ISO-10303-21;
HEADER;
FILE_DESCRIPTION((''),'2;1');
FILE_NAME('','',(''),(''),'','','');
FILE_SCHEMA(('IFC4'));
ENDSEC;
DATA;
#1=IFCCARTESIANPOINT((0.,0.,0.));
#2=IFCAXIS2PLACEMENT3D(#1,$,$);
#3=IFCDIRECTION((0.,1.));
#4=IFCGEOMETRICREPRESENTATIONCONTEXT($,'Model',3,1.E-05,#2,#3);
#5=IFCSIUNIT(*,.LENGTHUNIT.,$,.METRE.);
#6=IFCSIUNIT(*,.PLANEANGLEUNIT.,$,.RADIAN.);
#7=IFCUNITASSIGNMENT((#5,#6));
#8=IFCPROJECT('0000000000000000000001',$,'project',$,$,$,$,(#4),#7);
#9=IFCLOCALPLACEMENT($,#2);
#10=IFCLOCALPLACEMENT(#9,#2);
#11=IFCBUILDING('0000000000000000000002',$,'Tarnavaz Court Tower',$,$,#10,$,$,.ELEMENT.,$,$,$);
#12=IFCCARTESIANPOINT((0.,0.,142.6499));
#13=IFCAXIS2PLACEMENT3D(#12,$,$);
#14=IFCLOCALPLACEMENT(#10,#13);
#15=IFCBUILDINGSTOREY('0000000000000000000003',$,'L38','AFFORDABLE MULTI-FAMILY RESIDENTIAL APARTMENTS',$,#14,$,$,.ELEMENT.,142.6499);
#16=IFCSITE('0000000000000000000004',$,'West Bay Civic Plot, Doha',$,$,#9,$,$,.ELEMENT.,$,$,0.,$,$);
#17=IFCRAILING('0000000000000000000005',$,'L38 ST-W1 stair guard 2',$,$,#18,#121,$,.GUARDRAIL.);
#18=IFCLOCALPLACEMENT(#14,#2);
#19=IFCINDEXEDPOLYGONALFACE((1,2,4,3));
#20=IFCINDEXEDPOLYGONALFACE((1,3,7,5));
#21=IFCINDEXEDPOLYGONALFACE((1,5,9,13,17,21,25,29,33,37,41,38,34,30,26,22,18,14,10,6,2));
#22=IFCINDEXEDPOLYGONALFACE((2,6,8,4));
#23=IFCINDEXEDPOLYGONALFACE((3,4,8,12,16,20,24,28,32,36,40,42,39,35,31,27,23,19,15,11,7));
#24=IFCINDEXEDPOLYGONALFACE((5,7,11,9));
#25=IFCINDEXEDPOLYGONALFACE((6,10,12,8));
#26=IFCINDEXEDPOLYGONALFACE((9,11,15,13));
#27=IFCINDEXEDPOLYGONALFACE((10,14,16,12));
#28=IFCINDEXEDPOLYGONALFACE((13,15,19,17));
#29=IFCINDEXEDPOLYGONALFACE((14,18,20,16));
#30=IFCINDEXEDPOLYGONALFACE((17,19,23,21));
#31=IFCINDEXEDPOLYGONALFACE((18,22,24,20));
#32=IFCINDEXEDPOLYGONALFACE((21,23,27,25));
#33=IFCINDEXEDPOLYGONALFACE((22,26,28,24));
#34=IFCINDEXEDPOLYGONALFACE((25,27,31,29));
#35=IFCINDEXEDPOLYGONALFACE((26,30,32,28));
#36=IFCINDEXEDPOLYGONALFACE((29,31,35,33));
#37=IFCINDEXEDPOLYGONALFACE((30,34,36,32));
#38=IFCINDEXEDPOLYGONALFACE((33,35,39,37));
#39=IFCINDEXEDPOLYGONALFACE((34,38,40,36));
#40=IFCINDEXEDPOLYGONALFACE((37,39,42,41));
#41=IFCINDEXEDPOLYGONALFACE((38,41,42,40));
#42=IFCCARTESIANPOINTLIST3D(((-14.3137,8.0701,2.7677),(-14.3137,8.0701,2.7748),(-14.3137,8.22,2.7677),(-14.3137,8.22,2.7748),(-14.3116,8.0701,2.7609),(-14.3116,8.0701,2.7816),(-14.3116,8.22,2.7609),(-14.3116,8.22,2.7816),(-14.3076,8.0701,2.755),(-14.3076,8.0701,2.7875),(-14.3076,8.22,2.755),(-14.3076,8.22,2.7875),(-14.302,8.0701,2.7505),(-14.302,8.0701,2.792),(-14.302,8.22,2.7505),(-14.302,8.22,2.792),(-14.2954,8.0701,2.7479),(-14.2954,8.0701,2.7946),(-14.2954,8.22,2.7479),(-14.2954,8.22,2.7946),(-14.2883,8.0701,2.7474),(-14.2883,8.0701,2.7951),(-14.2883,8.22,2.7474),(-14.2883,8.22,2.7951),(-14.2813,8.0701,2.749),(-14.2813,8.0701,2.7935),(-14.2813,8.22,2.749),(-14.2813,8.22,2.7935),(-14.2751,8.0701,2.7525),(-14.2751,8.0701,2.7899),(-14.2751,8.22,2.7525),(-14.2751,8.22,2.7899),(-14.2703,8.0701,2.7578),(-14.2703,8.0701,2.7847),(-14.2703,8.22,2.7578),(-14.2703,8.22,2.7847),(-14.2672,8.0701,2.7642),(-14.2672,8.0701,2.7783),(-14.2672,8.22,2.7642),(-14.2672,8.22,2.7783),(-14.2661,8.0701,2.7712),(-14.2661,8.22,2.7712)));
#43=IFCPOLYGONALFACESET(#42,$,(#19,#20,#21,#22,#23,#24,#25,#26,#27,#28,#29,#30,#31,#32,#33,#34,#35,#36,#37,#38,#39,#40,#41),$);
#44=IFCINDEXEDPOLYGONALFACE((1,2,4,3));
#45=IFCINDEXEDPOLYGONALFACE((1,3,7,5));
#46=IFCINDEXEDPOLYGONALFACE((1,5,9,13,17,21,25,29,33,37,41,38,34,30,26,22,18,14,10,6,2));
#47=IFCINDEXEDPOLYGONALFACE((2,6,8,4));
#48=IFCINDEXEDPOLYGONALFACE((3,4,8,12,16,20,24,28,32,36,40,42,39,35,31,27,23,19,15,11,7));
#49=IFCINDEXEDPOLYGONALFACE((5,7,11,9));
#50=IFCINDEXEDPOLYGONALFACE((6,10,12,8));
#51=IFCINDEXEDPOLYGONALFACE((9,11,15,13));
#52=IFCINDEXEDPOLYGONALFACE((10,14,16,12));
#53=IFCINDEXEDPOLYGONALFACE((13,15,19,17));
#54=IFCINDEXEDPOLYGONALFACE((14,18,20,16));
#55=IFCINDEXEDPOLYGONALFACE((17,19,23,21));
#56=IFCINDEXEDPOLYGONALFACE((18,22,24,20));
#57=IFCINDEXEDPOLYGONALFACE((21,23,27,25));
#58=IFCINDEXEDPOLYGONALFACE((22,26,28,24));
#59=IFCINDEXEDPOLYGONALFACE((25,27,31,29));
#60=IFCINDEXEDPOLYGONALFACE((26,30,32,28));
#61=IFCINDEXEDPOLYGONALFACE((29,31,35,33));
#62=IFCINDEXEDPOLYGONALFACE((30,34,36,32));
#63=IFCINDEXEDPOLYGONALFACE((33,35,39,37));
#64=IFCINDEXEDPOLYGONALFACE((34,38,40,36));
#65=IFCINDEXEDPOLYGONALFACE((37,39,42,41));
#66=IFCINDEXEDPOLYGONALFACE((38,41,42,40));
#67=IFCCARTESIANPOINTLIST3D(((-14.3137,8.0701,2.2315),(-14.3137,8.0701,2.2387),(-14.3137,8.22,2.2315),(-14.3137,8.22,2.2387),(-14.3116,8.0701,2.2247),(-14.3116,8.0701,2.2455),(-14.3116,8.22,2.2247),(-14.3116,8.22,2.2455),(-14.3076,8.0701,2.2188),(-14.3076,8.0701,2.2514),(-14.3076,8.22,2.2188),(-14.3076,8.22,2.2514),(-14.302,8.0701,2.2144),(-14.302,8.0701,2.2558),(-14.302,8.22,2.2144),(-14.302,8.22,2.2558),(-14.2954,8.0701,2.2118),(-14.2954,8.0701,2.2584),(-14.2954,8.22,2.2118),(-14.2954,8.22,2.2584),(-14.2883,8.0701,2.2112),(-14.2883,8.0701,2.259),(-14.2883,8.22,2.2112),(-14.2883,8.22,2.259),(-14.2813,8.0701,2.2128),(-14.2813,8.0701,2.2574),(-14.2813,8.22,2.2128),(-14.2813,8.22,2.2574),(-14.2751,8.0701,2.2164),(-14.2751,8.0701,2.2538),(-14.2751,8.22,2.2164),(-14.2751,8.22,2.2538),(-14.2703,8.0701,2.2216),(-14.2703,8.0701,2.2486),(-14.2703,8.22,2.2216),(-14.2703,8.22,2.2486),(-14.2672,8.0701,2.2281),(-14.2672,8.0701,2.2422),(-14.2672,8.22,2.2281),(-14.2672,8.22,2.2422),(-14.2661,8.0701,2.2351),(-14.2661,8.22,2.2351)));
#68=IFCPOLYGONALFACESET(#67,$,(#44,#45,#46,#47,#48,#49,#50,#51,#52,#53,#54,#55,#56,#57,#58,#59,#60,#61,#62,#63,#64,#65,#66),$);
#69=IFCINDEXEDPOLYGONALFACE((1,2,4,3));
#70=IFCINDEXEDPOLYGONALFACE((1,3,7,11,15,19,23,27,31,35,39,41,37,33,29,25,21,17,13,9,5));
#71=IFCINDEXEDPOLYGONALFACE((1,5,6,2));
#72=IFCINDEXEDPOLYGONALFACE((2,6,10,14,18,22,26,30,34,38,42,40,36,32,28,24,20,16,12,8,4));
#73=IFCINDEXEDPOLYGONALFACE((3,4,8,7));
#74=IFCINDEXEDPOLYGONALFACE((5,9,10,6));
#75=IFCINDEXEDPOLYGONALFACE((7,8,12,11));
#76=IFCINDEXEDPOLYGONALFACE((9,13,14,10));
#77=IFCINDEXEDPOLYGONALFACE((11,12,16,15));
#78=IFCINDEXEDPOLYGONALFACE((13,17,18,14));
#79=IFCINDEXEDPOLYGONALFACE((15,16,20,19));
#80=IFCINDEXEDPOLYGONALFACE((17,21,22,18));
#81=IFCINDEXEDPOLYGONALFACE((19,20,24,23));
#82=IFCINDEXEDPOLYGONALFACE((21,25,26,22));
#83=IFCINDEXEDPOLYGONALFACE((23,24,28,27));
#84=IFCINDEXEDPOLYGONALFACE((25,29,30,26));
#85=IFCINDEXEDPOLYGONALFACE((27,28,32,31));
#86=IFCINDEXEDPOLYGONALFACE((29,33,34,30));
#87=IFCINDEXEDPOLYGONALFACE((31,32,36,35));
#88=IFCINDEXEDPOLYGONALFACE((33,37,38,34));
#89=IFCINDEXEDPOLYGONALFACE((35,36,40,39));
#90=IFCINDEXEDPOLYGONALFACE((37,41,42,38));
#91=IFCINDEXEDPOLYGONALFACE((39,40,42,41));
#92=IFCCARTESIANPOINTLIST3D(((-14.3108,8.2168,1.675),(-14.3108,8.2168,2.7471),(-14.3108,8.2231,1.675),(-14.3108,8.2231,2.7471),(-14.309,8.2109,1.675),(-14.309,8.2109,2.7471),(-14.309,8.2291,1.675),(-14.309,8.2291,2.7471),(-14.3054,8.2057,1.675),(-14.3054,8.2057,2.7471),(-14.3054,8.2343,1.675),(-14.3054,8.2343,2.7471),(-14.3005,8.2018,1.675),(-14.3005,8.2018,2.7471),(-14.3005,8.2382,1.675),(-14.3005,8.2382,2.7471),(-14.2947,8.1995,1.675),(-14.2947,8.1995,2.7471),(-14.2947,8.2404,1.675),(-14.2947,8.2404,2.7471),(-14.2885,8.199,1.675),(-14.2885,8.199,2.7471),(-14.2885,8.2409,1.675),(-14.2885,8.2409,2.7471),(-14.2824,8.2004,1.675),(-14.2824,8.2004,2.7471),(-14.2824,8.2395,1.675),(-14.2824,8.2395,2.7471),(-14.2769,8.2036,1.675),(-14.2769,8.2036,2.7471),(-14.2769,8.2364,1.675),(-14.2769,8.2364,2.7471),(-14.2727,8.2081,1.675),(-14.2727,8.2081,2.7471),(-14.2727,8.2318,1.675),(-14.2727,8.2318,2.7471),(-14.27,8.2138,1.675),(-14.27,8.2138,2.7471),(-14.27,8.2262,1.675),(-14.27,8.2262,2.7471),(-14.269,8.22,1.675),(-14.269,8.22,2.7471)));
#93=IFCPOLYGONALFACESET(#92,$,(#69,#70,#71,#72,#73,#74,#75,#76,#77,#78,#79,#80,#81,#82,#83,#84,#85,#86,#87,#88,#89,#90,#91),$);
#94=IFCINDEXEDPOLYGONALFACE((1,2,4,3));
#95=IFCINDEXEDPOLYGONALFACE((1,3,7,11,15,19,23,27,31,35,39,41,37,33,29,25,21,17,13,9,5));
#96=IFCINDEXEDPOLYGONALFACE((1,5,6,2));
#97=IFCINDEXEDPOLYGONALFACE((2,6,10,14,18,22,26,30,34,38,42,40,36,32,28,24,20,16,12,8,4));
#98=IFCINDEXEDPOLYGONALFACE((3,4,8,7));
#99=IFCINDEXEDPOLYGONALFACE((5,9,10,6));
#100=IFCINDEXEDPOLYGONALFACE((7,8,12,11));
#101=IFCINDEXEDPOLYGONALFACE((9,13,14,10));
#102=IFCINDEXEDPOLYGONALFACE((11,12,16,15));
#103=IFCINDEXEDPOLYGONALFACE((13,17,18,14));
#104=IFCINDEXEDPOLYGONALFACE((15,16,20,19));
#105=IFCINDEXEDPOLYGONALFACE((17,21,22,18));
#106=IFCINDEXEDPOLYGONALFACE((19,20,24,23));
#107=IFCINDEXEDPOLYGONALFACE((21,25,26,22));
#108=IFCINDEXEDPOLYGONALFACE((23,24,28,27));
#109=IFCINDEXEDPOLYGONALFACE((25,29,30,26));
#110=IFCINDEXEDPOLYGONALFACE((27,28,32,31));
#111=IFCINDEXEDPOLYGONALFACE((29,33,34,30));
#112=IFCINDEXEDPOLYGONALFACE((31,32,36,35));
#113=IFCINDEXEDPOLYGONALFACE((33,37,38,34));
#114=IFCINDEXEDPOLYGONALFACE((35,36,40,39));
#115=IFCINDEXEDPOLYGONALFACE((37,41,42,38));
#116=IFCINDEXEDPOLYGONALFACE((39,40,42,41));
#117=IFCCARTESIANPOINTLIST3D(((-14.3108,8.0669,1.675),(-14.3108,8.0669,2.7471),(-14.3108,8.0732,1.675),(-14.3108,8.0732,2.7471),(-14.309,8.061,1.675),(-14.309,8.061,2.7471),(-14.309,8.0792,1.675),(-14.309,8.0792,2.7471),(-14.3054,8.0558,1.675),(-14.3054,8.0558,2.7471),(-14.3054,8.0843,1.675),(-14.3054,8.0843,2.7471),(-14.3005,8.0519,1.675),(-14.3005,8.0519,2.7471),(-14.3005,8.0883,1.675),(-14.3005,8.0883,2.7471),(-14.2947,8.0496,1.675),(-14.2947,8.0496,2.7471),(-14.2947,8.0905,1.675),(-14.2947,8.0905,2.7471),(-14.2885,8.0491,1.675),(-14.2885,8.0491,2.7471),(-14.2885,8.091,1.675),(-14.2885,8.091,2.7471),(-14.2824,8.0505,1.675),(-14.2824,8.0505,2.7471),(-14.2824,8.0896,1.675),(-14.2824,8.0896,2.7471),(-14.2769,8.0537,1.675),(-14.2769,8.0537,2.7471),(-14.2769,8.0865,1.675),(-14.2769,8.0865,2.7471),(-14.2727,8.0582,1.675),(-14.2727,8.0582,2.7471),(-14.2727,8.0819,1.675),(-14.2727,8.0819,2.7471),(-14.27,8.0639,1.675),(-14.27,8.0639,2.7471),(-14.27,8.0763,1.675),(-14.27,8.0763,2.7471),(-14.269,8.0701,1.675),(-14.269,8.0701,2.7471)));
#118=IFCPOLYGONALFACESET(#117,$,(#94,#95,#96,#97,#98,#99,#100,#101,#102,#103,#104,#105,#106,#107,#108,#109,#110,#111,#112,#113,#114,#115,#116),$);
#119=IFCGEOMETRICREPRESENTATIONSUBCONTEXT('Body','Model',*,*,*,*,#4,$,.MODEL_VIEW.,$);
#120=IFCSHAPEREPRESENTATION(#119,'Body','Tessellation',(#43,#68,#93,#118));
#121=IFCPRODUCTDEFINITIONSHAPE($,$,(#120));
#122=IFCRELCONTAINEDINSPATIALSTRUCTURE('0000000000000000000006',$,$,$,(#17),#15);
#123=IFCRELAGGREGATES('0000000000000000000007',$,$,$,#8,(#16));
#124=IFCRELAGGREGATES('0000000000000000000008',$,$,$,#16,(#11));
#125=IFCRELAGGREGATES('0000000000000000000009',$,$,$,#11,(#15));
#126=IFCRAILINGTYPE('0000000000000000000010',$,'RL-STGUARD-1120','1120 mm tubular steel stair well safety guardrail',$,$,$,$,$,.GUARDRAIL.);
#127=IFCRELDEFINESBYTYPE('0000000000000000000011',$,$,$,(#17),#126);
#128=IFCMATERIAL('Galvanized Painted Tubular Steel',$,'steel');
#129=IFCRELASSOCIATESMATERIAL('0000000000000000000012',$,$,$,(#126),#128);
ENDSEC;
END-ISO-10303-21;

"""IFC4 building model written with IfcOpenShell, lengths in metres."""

from ifc_helpers import new_model, si_unit, direction, frame, origin, origin_2d, place, context, subcontext, project, spatial, circle, extrude, material, type_object, element, save


model = new_model("IFC4")

# Units and contexts
model_context = context("Model", 3, precision=1e-05, world=origin(), true_north=direction((0.0, 1.0)))
body_context = subcontext(model_context, "Body", "Model", "MODEL_VIEW")
ifc_project = project(units=[si_unit("LENGTHUNIT", "METRE"), si_unit("PLANEANGLEUNIT", "RADIAN")], contexts=[model_context])

# Site, building, storey
site_placement = place(None, origin())
site = spatial("IfcSite", under=ifc_project, at=site_placement, Name="West Bay Civic Plot, Doha", CompositionType="ELEMENT", RefElevation=0.0)
building_placement = place(site_placement, origin())
building = spatial("IfcBuilding", under=site, at=building_placement, Name="Tarnavaz Court Tower", CompositionType="ELEMENT")
storey_placement = place(building_placement, frame((0.0, 0.0, 142.6499)))
storey = spatial("IfcBuildingStorey", under=building, at=storey_placement, Name="L38", Description="AFFORDABLE MULTI-FAMILY RESIDENTIAL APARTMENTS", CompositionType="ELEMENT", Elevation=142.6499)

# Railing
ifc_material_1 = material(Name="Galvanized Painted Tubular Steel", Category="steel")
railing_type_1 = type_object("IfcRailingType", Name="RL-STGUARD-1120", Description="1120 mm tubular steel stair well safety guardrail", PredefinedType="GUARDRAIL", material=ifc_material_1)
railing_1_placement = place(storey_placement, frame((-14.29, 8.22, 1.675)))
element("IfcRailing", 1, at=railing_1_placement, inside=storey, type_object=railing_type_1, Name="L38 ST-W1 stair guard 2", PredefinedType="GUARDRAIL", context=body_context, shape_type="SweptSolid", body=[
    extrude(circle(Radius=0.0239, at=origin_2d()), frame((0.0, 0.0, 1.0962), z_axis=(0.0, -1.0, 0.0), x_axis=(1.0, 0.0, 0.0)), (0.0, 0.0, 1.0), 0.1499),
    extrude(circle(Radius=0.0239, at=origin_2d()), frame((0.0, 0.0, 0.5601), z_axis=(0.0, -1.0, 0.0), x_axis=(1.0, 0.0, 0.0)), (0.0, 0.0, 1.0), 0.1499),
    extrude(circle(Radius=0.021, at=origin_2d()), origin(), (0.0, 0.0, 1.0), 1.072),
    extrude(circle(Radius=0.021, at=origin_2d()), frame((0.0, -0.1499, 0.0)), (0.0, 0.0, 1.0), 1.072),
])

save(model, "model.ifc")
